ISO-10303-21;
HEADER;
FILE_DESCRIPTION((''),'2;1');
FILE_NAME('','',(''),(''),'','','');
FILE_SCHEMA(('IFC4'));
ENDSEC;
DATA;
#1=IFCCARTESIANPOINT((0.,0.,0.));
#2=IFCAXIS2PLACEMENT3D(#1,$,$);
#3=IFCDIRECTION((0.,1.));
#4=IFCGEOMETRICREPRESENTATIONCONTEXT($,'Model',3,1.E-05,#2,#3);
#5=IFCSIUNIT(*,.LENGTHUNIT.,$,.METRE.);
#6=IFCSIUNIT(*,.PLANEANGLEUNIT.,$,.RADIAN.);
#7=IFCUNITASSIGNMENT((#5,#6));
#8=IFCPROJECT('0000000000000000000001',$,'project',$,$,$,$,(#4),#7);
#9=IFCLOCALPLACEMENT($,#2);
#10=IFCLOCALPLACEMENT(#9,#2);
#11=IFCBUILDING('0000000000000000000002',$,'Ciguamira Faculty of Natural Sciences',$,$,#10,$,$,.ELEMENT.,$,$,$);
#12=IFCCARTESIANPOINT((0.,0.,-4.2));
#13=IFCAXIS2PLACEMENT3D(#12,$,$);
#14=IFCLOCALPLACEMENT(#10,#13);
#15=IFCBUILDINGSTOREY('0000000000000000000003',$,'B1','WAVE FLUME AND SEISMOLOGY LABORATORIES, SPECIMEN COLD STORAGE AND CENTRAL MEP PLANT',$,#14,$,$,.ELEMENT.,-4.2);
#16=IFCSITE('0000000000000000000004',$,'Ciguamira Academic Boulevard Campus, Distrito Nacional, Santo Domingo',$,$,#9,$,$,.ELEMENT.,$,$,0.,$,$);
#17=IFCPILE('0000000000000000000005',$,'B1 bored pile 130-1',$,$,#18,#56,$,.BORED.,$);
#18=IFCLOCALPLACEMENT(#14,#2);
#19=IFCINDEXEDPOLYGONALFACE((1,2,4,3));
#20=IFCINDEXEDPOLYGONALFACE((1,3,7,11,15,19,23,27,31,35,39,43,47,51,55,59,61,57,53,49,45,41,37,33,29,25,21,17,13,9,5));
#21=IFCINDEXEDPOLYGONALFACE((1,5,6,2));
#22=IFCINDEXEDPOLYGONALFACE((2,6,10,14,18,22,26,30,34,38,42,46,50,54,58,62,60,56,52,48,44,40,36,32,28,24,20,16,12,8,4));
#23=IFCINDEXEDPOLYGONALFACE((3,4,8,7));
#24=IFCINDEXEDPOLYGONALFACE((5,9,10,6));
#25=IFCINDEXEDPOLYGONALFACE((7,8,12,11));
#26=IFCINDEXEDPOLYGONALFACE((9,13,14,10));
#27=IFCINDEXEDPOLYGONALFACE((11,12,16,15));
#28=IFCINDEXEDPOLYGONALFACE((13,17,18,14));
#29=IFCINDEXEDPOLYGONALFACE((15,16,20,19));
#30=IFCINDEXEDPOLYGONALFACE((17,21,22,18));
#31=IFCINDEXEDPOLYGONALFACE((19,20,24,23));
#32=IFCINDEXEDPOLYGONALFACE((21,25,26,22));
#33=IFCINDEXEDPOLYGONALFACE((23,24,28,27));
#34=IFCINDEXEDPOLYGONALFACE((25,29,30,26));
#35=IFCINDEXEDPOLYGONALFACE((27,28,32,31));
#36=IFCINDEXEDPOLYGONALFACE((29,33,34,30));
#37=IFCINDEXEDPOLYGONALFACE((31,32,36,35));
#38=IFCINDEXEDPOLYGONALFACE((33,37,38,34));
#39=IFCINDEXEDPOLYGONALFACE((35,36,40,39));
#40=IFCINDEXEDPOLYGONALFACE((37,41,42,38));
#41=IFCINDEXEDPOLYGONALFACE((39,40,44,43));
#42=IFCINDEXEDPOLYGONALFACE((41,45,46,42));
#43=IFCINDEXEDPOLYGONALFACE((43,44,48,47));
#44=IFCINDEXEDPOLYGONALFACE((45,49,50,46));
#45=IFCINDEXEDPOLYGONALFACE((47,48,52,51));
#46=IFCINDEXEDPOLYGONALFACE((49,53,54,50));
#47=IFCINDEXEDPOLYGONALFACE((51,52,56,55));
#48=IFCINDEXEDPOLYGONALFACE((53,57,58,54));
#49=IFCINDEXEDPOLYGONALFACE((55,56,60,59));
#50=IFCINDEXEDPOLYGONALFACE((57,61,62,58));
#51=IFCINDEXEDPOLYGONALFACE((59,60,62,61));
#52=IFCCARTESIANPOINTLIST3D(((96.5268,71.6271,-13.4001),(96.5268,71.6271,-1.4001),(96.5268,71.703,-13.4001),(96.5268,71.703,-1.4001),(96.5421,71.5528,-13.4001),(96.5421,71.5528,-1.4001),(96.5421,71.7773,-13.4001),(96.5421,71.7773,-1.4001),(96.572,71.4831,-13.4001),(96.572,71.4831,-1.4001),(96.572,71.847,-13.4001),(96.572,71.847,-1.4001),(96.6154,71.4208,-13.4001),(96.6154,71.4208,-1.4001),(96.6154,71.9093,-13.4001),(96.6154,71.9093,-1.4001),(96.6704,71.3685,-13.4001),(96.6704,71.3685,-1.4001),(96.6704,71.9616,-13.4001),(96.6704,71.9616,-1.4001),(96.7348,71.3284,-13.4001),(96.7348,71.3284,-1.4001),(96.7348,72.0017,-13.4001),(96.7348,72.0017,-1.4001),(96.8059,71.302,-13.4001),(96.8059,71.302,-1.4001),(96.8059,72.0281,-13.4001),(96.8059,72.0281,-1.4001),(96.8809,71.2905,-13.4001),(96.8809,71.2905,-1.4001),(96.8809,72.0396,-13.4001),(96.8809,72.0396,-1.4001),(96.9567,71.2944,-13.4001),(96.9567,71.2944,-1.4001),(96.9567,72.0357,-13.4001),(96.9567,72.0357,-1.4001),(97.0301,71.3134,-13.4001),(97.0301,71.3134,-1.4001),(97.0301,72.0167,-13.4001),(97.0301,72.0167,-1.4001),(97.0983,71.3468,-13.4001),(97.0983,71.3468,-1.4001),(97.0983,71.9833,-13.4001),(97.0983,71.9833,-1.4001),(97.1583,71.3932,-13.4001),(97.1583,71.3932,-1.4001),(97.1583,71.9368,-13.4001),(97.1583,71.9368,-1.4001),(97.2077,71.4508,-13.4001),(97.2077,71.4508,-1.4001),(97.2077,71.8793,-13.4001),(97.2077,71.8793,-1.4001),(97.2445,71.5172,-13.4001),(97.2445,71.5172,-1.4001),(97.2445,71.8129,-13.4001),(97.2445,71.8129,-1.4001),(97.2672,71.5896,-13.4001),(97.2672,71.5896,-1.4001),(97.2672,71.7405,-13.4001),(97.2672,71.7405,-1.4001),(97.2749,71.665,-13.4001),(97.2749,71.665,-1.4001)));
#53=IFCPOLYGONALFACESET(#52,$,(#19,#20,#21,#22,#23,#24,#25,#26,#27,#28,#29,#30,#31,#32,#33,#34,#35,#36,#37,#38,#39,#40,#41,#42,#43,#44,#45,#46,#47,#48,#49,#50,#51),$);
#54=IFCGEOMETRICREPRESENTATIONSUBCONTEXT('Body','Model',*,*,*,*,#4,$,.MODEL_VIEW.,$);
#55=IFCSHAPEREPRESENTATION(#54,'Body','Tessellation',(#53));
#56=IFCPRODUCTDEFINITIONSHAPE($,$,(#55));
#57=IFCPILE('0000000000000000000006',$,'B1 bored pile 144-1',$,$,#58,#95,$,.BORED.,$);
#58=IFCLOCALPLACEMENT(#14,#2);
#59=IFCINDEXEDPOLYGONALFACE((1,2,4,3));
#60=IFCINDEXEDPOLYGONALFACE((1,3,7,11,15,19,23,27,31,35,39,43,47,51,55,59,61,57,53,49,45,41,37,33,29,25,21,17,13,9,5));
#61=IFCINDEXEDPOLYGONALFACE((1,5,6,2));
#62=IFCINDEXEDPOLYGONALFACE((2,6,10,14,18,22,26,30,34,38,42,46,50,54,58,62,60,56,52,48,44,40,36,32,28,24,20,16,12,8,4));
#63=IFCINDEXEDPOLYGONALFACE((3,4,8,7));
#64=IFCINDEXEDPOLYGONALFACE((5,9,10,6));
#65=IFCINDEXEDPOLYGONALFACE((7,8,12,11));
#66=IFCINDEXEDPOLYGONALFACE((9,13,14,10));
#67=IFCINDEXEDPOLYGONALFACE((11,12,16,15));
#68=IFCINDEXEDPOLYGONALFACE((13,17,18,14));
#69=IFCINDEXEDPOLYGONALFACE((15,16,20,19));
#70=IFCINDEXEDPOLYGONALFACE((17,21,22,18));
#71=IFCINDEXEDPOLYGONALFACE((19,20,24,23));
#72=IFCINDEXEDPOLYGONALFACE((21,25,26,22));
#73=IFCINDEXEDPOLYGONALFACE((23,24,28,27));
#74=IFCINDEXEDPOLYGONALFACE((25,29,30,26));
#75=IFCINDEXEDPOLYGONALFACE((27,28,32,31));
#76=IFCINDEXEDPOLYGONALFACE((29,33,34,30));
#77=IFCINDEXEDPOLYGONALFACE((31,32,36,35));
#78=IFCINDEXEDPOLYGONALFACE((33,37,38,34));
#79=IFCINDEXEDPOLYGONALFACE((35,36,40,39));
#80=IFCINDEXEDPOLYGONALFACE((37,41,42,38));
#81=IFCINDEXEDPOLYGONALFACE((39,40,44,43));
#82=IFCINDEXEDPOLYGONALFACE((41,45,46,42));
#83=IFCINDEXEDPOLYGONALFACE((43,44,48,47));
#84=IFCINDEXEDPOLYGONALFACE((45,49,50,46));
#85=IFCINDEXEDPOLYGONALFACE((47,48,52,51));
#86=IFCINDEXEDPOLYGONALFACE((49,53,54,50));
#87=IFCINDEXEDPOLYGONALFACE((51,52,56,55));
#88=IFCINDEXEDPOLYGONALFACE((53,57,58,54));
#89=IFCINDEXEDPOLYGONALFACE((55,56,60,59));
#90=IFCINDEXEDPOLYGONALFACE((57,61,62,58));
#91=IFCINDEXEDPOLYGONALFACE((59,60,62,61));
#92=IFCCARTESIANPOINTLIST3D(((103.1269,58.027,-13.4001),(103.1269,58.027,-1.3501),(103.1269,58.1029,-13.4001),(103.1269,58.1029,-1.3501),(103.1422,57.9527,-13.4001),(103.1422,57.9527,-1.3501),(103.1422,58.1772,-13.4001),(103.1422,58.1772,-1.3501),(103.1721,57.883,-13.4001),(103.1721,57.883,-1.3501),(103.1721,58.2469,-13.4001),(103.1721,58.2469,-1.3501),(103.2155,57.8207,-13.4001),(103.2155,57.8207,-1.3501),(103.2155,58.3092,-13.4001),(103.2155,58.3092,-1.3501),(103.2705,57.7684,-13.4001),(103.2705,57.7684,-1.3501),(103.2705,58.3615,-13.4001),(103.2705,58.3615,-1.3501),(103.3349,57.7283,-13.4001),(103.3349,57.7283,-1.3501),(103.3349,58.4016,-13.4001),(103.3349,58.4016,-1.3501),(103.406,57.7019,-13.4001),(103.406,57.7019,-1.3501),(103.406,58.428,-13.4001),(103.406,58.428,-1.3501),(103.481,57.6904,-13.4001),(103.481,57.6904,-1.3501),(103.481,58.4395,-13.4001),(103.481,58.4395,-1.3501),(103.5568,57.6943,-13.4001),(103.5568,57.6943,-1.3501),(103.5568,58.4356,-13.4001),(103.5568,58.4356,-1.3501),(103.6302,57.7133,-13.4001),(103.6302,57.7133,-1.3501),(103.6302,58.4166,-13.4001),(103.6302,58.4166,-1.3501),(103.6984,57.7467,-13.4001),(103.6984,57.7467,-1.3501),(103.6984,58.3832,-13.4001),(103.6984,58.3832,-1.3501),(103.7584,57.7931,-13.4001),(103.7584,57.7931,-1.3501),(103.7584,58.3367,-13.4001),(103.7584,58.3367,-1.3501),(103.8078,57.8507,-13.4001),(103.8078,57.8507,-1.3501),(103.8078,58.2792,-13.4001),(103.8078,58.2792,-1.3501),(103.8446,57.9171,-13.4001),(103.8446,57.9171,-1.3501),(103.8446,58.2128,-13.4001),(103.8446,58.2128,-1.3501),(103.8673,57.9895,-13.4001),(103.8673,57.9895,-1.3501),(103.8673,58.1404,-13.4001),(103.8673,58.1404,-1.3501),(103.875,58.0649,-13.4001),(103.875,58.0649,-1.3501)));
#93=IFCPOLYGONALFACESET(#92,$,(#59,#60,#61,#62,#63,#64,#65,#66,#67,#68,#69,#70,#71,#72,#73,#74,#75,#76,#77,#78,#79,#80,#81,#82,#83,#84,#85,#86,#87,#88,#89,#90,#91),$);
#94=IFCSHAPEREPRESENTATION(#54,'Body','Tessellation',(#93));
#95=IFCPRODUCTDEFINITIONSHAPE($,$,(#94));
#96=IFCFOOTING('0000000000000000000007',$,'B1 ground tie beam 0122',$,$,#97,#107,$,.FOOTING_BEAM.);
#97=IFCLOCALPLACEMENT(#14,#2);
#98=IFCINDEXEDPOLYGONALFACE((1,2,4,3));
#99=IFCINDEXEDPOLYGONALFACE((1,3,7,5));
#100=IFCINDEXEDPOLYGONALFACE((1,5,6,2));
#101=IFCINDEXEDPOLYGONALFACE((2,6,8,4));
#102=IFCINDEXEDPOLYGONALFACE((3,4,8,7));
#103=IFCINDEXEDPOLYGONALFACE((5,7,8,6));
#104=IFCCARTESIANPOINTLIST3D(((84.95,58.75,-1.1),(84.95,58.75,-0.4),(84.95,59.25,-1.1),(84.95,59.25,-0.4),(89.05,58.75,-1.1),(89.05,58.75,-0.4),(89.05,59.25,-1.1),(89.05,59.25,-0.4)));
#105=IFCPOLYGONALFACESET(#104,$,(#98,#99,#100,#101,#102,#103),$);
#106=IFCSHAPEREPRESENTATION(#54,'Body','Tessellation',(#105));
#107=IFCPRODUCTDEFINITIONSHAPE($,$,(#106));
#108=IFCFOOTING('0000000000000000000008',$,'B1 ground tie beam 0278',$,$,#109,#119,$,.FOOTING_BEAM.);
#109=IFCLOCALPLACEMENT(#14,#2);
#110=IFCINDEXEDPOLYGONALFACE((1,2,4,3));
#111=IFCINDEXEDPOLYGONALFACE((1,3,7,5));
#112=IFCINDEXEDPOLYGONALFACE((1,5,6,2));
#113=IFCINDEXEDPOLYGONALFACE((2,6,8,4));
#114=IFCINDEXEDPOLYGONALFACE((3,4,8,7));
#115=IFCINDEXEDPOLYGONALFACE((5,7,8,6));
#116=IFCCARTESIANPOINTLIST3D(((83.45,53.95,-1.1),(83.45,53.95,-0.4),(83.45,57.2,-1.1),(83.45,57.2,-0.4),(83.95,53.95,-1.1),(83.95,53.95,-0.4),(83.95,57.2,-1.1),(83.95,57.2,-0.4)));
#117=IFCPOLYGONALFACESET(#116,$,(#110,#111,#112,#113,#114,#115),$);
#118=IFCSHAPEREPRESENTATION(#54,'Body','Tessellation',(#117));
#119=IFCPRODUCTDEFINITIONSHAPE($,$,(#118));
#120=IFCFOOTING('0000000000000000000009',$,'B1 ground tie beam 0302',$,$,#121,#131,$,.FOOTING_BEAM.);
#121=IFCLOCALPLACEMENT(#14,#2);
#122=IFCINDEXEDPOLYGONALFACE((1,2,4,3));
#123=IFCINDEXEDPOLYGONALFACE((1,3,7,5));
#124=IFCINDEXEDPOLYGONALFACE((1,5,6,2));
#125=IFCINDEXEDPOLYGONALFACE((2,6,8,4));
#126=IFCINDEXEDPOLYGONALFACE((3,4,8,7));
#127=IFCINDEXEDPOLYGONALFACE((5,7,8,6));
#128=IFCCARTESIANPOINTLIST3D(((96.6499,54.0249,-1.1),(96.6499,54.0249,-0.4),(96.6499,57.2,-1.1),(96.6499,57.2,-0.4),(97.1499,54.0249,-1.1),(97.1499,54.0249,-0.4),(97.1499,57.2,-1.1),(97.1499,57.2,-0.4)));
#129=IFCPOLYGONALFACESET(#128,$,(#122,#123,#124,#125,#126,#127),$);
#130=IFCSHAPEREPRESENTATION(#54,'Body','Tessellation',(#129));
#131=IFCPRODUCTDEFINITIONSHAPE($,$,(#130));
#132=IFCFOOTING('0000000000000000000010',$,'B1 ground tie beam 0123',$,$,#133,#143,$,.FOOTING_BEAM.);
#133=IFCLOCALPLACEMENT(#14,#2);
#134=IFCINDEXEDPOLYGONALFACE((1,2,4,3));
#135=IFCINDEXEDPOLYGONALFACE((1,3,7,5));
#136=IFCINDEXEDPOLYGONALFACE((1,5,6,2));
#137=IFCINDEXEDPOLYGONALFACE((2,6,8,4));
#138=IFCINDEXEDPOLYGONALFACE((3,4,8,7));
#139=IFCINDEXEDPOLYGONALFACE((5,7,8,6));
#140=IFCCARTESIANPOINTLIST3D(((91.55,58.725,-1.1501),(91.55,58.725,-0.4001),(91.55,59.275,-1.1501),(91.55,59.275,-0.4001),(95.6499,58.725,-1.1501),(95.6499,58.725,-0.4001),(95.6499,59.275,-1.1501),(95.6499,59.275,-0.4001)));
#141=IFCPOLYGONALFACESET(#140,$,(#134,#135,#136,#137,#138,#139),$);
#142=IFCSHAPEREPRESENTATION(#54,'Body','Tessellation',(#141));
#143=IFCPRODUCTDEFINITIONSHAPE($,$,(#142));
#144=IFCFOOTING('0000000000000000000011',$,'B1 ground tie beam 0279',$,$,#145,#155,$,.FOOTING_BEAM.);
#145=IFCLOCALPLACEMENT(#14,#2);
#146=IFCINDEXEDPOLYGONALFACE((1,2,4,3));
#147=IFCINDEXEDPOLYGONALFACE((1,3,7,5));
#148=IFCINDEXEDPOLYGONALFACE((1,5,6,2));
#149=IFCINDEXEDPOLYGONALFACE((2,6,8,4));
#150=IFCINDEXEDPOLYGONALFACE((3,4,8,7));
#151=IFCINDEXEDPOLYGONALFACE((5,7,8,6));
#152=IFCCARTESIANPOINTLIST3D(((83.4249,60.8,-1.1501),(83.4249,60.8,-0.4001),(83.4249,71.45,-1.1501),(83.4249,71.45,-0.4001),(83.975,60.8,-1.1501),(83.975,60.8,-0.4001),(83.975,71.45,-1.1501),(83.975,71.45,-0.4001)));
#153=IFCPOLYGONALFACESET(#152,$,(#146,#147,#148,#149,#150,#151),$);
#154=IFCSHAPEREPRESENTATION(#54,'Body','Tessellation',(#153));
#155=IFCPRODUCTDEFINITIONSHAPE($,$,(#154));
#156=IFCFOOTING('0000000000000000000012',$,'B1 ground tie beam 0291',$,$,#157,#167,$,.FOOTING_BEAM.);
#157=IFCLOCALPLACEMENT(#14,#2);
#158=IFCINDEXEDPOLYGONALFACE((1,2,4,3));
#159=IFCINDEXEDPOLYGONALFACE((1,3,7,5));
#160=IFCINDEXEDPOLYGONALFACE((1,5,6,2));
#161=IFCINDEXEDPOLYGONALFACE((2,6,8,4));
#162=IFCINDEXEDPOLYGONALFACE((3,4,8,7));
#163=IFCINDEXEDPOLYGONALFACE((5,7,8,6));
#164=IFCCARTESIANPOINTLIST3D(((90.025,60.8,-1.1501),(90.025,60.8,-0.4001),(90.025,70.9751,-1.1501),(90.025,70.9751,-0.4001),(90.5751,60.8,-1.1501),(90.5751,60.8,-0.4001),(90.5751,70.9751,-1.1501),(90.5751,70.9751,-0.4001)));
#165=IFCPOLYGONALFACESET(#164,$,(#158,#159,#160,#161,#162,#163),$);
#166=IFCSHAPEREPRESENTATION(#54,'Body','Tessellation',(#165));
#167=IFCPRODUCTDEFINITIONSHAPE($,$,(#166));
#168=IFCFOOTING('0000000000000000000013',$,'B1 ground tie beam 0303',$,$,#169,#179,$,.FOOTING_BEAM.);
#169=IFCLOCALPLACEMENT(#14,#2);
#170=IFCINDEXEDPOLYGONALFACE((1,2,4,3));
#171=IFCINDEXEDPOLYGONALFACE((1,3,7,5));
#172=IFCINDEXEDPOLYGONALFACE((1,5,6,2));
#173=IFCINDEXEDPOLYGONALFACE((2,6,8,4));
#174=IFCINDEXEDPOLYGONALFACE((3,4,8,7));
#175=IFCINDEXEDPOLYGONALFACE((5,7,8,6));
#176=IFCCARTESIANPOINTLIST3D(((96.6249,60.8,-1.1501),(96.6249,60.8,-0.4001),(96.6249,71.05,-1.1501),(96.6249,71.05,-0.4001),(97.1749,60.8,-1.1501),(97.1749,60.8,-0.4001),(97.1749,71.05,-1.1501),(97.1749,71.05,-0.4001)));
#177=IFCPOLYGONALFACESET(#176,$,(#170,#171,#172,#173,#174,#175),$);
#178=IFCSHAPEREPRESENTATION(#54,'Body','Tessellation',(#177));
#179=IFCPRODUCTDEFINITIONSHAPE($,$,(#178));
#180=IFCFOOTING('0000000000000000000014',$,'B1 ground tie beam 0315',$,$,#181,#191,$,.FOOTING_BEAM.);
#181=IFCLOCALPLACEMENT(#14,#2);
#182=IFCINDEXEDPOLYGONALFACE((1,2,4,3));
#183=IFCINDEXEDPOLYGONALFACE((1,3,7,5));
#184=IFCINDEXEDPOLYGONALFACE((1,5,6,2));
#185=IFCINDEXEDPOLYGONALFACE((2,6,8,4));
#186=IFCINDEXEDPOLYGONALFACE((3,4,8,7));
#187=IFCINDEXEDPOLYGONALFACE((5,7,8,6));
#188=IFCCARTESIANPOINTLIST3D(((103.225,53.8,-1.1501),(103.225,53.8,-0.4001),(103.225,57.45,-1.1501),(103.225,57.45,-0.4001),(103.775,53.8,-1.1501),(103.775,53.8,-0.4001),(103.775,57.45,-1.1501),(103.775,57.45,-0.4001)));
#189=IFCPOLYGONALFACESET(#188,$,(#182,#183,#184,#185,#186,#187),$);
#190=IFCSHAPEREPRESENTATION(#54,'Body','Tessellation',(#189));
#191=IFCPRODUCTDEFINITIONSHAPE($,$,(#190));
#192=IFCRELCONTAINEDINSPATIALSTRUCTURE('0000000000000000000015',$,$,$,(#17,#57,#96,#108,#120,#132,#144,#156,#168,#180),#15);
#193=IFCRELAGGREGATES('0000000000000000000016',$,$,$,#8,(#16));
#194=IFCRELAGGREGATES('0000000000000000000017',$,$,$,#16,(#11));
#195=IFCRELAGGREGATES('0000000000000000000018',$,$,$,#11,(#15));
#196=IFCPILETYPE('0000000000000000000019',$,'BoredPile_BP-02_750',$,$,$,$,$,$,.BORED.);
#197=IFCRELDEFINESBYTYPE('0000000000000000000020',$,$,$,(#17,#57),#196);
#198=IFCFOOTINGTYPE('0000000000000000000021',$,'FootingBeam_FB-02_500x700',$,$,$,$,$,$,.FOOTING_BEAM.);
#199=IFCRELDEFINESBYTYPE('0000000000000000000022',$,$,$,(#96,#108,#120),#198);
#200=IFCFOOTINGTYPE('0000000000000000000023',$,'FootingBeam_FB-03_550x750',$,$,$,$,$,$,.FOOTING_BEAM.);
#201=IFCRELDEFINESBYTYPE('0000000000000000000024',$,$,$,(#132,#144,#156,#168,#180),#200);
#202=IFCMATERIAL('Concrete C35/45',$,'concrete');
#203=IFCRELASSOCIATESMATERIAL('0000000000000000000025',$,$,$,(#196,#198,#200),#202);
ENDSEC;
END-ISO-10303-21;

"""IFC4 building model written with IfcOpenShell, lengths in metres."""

from ifc_helpers import new_model, si_unit, direction, frame, origin, origin_2d, place, context, subcontext, project, spatial, rectangle, circle, extrude, material, material_profile, profile_set, type_object, element, save


model = new_model("IFC4")

# Units and contexts
model_context = context("Model", 3, precision=1e-05, world=origin(), true_north=direction((0.0, 1.0)))
body_context = subcontext(model_context, "Body", "Model", "MODEL_VIEW")
ifc_project = project(units=[si_unit("LENGTHUNIT", "METRE"), si_unit("PLANEANGLEUNIT", "RADIAN")], contexts=[model_context])

# Site, building, storey
site_placement = place(None, origin())
site = spatial("IfcSite", under=ifc_project, at=site_placement, Name="Ciguamira Academic Boulevard Campus, Distrito Nacional, Santo Domingo", CompositionType="ELEMENT", RefElevation=0.0)
building_placement = place(site_placement, origin())
building = spatial("IfcBuilding", under=site, at=building_placement, Name="Ciguamira Faculty of Natural Sciences", CompositionType="ELEMENT")
storey_placement = place(building_placement, frame((0.0, 0.0, -4.2)))
storey = spatial("IfcBuildingStorey", under=building, at=storey_placement, Name="B1", Description="WAVE FLUME AND SEISMOLOGY LABORATORIES, SPECIMEN COLD STORAGE AND CENTRAL MEP PLANT", CompositionType="ELEMENT", Elevation=-4.2)

# Piles
ifc_material_1 = material(Name="Concrete C35/45", Category="concrete")
ifc_material_profile_1 = material_profile(ifc_material_1, circle(Radius=0.375, at=origin_2d()), Name="PILE-BORED-750")
ifc_profile_set_1 = profile_set([ifc_material_profile_1], Name="Concrete C35/45")
pile_type = type_object("IfcPileType", Name="BoredPile_BP-02_750", PredefinedType="BORED", material=ifc_profile_set_1)
for number, where, z_axis, x_axis, name in (
    (1, (96.8999, 71.665, -1.4001), (0.0, 0.0, -1.0), (1.0, 0.0, 0.0), "B1 bored pile 130-1"),
):
    element("IfcPile", number, at=place(storey_placement, frame(where, z_axis=z_axis, x_axis=x_axis)), inside=storey, type_object=pile_type, Name=name, PredefinedType="BORED", context=body_context, shape_type="SweptSolid", body=[
        extrude(circle(Radius=0.375, at=origin_2d()), origin(), (0.0, 0.0, 1.0), 12.0),
    ])
pile_1_placement = place(storey_placement, frame((103.5, 58.0649, -1.3501), z_axis=(0.0, 0.0, -1.0), x_axis=(1.0, 0.0, 0.0)))
element("IfcPile", 2, at=pile_1_placement, inside=storey, type_object=pile_type, Name="B1 bored pile 144-1", PredefinedType="BORED", context=body_context, shape_type="SweptSolid", body=[
    extrude(circle(Radius=0.375, at=origin_2d()), origin(), (0.0, 0.0, 1.0), 12.05),
])

# Footings
ifc_material_profile_2 = material_profile(ifc_material_1, rectangle(XDim=0.5, YDim=0.7, at=origin_2d()), Name="RC-FB-500X700")
ifc_profile_set_2 = profile_set([ifc_material_profile_2], Name="Concrete C35/45")
footing_type_1 = type_object("IfcFootingType", Name="FootingBeam_FB-02_500x700", PredefinedType="FOOTING_BEAM", material=ifc_profile_set_2)
footing_1_placement = place(storey_placement, frame((84.95, 59.0, -0.75), z_axis=(1.0, 0.0, 0.0), x_axis=(0.0, 1.0, 0.0)))
element("IfcFooting", 3, at=footing_1_placement, inside=storey, type_object=footing_type_1, Name="B1 ground tie beam 0122", PredefinedType="FOOTING_BEAM", context=body_context, shape_type="SweptSolid", body=[
    extrude(rectangle(XDim=0.5, YDim=0.7, at=origin_2d()), origin(), (0.0, 0.0, 1.0), 4.1001),
])
footing_2_placement = place(storey_placement, frame((83.7, 53.95, -0.75), z_axis=(0.0, 1.0, 0.0), x_axis=(-1.0, 0.0, 0.0)))
element("IfcFooting", 4, at=footing_2_placement, inside=storey, type_object=footing_type_1, Name="B1 ground tie beam 0278", PredefinedType="FOOTING_BEAM", context=body_context, shape_type="SweptSolid", body=[
    extrude(rectangle(XDim=0.5, YDim=0.7, at=origin_2d()), origin(), (0.0, 0.0, 1.0), 3.25),
])
footing_3_placement = place(storey_placement, frame((96.8999, 54.0249, -0.75), z_axis=(0.0, 1.0, 0.0), x_axis=(-1.0, 0.0, 0.0)))
element("IfcFooting", 5, at=footing_3_placement, inside=storey, type_object=footing_type_1, Name="B1 ground tie beam 0302", PredefinedType="FOOTING_BEAM", context=body_context, shape_type="SweptSolid", body=[
    extrude(rectangle(XDim=0.5, YDim=0.7, at=origin_2d()), origin(), (0.0, 0.0, 1.0), 3.175),
])
ifc_material_profile_3 = material_profile(ifc_material_1, rectangle(XDim=0.55, YDim=0.75, at=origin_2d()), Name="RC-FB-550X750")
ifc_profile_set_3 = profile_set([ifc_material_profile_3], Name="Concrete C35/45")
footing_type_2 = type_object("IfcFootingType", Name="FootingBeam_FB-03_550x750", PredefinedType="FOOTING_BEAM", material=ifc_profile_set_3)
footing_4_placement = place(storey_placement, frame((91.55, 59.0, -0.7751), z_axis=(1.0, 0.0, 0.0), x_axis=(0.0, 1.0, 0.0)))
element("IfcFooting", 6, at=footing_4_placement, inside=storey, type_object=footing_type_2, Name="B1 ground tie beam 0123", PredefinedType="FOOTING_BEAM", context=body_context, shape_type="SweptSolid", body=[
    extrude(rectangle(XDim=0.55, YDim=0.75, at=origin_2d()), origin(), (0.0, 0.0, 1.0), 4.0999),
])
footing_5_placement = place(storey_placement, frame((83.7, 60.8, -0.7751), z_axis=(0.0, 1.0, 0.0), x_axis=(-1.0, 0.0, 0.0)))
element("IfcFooting", 7, at=footing_5_placement, inside=storey, type_object=footing_type_2, Name="B1 ground tie beam 0279", PredefinedType="FOOTING_BEAM", context=body_context, shape_type="SweptSolid", body=[
    extrude(rectangle(XDim=0.55, YDim=0.75, at=origin_2d()), origin(), (0.0, 0.0, 1.0), 10.6499),
])
footing_6_placement = place(storey_placement, frame((90.3, 60.8, -0.7751), z_axis=(0.0, 1.0, 0.0), x_axis=(-1.0, 0.0, 0.0)))
element("IfcFooting", 8, at=footing_6_placement, inside=storey, type_object=footing_type_2, Name="B1 ground tie beam 0291", PredefinedType="FOOTING_BEAM", context=body_context, shape_type="SweptSolid", body=[
    extrude(rectangle(XDim=0.55, YDim=0.75, at=origin_2d()), origin(), (0.0, 0.0, 1.0), 10.175),
])
footing_7_placement = place(storey_placement, frame((96.8999, 60.8, -0.7751), z_axis=(0.0, 1.0, 0.0), x_axis=(-1.0, 0.0, 0.0)))
element("IfcFooting", 9, at=footing_7_placement, inside=storey, type_object=footing_type_2, Name="B1 ground tie beam 0303", PredefinedType="FOOTING_BEAM", context=body_context, shape_type="SweptSolid", body=[
    extrude(rectangle(XDim=0.55, YDim=0.75, at=origin_2d()), origin(), (0.0, 0.0, 1.0), 10.25),
])
footing_8_placement = place(storey_placement, frame((103.5, 53.8, -0.7751), z_axis=(0.0, 1.0, 0.0), x_axis=(-1.0, 0.0, 0.0)))
element("IfcFooting", 10, at=footing_8_placement, inside=storey, type_object=footing_type_2, Name="B1 ground tie beam 0315", PredefinedType="FOOTING_BEAM", context=body_context, shape_type="SweptSolid", body=[
    extrude(rectangle(XDim=0.55, YDim=0.75, at=origin_2d()), origin(), (0.0, 0.0, 1.0), 3.6499),
])

save(model, "model.ifc")
